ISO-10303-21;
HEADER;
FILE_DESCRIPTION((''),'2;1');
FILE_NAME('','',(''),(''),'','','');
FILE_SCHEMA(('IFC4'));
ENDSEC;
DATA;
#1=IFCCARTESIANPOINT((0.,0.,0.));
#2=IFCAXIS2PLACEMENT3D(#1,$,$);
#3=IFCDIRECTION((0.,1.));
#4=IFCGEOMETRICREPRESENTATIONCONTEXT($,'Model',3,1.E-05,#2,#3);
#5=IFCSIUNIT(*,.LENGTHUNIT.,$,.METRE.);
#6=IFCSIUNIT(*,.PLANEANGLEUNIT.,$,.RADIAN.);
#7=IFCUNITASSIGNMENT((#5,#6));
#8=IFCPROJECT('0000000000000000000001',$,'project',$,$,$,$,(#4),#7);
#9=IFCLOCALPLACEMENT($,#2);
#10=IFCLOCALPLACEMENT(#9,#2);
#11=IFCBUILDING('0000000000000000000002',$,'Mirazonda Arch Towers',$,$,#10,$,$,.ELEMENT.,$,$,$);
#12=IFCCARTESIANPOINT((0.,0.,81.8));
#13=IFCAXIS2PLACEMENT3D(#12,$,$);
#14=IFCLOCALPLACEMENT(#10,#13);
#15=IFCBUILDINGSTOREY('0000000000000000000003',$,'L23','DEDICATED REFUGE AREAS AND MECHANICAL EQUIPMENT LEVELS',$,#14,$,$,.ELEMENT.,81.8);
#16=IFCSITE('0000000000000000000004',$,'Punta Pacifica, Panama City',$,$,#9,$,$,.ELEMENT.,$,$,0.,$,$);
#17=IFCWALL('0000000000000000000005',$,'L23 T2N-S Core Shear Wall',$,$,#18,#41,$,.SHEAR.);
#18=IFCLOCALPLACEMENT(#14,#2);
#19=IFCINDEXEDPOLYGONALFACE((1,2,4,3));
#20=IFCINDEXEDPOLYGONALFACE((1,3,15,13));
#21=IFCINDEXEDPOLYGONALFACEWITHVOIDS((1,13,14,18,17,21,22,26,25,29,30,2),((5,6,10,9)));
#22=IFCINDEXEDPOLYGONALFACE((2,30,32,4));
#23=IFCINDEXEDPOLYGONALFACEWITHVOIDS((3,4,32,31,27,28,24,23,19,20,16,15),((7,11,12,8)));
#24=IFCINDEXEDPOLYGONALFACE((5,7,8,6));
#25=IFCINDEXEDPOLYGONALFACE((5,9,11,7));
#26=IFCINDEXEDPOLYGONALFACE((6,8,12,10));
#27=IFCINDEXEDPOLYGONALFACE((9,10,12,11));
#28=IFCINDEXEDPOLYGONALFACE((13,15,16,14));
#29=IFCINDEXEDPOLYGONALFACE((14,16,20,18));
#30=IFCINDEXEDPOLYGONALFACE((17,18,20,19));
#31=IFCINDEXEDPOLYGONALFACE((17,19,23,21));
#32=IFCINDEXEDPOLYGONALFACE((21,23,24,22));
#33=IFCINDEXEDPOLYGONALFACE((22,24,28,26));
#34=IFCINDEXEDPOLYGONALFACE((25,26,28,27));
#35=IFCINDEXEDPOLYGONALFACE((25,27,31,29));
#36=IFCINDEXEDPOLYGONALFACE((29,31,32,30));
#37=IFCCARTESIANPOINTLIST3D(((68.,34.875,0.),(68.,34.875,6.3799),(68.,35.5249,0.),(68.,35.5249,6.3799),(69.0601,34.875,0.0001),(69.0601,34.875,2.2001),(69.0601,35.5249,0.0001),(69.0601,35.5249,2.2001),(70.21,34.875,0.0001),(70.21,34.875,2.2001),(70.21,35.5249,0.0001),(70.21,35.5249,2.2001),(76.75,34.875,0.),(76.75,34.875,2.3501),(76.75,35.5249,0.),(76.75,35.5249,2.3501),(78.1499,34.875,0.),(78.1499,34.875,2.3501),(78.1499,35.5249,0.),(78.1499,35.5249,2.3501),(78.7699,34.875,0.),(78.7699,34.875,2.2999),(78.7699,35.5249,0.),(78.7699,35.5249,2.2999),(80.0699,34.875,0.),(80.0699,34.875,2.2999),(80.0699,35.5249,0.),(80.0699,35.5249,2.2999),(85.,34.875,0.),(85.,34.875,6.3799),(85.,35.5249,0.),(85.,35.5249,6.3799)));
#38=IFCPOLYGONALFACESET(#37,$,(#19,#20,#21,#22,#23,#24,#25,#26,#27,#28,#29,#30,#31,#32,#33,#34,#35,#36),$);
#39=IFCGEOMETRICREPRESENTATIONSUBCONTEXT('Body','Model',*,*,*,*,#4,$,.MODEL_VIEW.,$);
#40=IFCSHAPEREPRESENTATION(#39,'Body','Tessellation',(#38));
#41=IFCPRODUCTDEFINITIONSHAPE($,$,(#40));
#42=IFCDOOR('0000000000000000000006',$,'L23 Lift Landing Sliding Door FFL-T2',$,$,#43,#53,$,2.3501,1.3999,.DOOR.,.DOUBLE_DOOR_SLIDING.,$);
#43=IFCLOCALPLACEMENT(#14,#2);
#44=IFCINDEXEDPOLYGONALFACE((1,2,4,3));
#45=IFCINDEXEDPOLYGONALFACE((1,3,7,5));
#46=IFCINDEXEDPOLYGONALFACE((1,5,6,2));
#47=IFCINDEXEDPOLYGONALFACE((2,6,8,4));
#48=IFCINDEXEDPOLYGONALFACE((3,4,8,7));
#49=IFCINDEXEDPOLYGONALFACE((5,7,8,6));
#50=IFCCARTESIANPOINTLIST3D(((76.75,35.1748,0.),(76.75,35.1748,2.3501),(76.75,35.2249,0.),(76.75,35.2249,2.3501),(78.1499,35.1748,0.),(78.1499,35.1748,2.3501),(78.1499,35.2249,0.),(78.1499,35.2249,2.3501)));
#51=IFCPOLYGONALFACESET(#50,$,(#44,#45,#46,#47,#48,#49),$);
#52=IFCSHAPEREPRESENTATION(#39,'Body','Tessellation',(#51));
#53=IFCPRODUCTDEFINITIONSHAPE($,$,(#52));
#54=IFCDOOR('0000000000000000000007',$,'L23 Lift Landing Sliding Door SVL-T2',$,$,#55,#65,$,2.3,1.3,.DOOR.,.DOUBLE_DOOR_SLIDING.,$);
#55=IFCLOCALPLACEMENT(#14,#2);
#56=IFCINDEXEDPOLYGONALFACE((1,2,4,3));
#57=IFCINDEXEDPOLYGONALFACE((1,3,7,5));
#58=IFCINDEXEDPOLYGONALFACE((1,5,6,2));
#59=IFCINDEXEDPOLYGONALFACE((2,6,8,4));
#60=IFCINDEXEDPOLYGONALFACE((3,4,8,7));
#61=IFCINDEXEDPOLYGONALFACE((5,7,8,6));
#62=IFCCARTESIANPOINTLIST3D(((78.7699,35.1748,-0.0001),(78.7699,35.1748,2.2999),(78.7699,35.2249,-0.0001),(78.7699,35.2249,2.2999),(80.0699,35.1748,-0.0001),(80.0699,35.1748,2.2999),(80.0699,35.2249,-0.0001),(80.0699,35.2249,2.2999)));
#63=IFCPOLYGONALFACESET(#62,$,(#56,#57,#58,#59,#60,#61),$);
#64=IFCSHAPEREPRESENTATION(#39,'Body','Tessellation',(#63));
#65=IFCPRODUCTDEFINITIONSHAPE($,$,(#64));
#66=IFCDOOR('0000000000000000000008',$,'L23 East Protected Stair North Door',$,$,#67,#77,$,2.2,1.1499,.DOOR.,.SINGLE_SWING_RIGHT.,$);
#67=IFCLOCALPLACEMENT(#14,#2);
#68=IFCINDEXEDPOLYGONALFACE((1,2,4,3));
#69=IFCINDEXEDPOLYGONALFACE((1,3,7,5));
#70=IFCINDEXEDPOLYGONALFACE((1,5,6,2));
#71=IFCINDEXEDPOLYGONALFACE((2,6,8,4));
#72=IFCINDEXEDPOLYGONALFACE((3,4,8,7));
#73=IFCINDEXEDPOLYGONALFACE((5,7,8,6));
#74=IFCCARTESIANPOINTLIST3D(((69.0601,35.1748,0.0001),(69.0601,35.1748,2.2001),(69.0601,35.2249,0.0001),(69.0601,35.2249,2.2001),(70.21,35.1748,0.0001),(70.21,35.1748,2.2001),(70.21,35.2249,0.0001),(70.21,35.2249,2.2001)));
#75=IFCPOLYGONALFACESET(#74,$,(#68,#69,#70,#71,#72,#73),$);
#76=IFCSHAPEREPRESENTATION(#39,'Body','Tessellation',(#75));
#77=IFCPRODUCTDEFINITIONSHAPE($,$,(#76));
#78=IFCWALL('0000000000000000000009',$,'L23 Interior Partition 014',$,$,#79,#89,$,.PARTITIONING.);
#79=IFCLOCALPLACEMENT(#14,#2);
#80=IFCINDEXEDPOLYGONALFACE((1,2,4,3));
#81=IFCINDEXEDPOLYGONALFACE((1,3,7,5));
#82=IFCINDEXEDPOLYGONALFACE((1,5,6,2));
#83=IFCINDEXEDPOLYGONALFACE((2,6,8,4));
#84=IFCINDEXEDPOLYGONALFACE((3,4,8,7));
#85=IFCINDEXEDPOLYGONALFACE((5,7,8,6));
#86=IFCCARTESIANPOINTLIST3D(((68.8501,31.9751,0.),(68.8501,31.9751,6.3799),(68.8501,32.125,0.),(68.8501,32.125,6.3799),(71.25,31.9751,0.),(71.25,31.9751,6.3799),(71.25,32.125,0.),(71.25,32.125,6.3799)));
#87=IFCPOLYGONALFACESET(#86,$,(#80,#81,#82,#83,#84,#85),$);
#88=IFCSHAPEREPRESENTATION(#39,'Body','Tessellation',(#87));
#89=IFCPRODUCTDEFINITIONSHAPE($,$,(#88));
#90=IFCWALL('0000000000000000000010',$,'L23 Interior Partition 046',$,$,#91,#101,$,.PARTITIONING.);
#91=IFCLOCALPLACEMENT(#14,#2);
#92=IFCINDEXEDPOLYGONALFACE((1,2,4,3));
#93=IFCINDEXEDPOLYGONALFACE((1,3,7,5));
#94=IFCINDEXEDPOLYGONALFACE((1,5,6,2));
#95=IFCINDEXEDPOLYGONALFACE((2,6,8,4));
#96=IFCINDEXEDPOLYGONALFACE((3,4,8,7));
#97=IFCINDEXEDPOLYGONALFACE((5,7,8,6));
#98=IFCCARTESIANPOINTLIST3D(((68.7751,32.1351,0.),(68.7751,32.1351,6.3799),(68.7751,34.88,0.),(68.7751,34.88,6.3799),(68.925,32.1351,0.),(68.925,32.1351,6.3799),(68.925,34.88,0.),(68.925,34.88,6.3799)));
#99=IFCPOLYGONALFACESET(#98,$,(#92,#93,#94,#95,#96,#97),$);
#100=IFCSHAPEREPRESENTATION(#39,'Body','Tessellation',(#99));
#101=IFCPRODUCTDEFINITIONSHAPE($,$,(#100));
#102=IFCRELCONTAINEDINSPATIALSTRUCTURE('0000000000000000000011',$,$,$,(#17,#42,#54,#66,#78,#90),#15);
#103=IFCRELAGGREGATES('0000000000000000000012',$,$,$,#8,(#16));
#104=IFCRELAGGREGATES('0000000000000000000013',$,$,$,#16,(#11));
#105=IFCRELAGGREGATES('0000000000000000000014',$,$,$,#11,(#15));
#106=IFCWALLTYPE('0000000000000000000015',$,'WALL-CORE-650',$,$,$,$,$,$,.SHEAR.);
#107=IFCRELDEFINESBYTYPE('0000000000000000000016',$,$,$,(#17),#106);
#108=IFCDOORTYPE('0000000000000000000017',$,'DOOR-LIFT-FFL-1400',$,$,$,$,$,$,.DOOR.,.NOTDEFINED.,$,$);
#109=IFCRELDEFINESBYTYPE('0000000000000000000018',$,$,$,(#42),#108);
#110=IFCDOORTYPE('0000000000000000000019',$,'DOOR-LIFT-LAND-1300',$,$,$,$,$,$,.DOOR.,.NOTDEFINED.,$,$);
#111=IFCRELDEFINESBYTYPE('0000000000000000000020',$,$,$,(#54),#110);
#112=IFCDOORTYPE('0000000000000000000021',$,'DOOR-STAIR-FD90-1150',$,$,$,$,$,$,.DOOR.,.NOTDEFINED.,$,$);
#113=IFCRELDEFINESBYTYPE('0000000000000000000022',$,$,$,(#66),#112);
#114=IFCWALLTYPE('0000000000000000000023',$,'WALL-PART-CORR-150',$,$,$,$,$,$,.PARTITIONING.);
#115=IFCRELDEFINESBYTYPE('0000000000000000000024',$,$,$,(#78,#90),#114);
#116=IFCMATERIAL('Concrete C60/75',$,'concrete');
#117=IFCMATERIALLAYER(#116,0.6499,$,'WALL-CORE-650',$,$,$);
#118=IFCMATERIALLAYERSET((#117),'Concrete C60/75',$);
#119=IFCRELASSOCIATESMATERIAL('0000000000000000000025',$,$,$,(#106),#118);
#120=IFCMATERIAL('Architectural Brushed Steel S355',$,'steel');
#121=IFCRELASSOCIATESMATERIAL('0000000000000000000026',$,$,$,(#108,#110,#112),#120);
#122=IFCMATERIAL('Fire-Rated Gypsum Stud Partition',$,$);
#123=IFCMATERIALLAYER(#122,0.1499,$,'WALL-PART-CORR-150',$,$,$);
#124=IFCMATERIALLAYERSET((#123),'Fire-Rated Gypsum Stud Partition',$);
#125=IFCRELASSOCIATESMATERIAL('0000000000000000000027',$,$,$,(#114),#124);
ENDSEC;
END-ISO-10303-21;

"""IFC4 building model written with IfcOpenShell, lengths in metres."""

from ifc_helpers import new_model, si_unit, direction, frame, frame_2d, origin, place, context, subcontext, project, spatial, rectangle, extrude, material, layer, layer_set, type_object, element, fill, save


model = new_model("IFC4")

# Units and contexts
model_context = context("Model", 3, precision=1e-05, world=origin(), true_north=direction((0.0, 1.0)))
body_context = subcontext(model_context, "Body", "Model", "MODEL_VIEW")
ifc_project = project(units=[si_unit("LENGTHUNIT", "METRE"), si_unit("PLANEANGLEUNIT", "RADIAN")], contexts=[model_context])

# Site, building, storey
site_placement = place(None, origin())
site = spatial("IfcSite", under=ifc_project, at=site_placement, Name="Punta Pacifica, Panama City", CompositionType="ELEMENT", RefElevation=0.0)
building_placement = place(site_placement, origin())
building = spatial("IfcBuilding", under=site, at=building_placement, Name="Mirazonda Arch Towers", CompositionType="ELEMENT")
storey_placement = place(building_placement, frame((0.0, 0.0, 81.8)))
storey = spatial("IfcBuildingStorey", under=building, at=storey_placement, Name="L23", Description="DEDICATED REFUGE AREAS AND MECHANICAL EQUIPMENT LEVELS", CompositionType="ELEMENT", Elevation=81.8)

# Shared definitions
ifc_material_1 = material(Name="Concrete C60/75", Category="concrete")
ifc_layer_1 = layer(ifc_material_1, 0.6499, Name="WALL-CORE-650")
ifc_layer_set_1 = layer_set([ifc_layer_1], Name="Concrete C60/75")
wall_type_1 = type_object("IfcWallType", Name="WALL-CORE-650", PredefinedType="SHEAR", material=ifc_layer_set_1)

# Wall, openings, doors
wall_1_placement = place(storey_placement, frame((68.0, 35.2, 0.0), z_axis=(0.0, 0.0, 1.0), x_axis=(1.0, 0.0, 0.0)))
wall_1 = element("IfcWall", 1, at=wall_1_placement, inside=storey, type_object=wall_type_1, Name="L23 T2N-S Core Shear Wall", PredefinedType="SHEAR", context=body_context, shape_type="SweptSolid", body=[
    extrude(rectangle(XDim=17.0, YDim=0.6499, at=frame_2d((8.5, 0.0))), origin(), (0.0, 0.0, 1.0), 6.3799),
])
opening_1_placement = place(wall_1_placement, frame((1.0601, 0.0, 0.0)))
opening_1 = element("IfcOpeningElement", 2, at=opening_1_placement, cuts=wall_1, PredefinedType="OPENING", context=body_context, shape_type="SweptSolid", body=[
    extrude(rectangle(XDim=1.1499, YDim=2.2, at=frame_2d((0.575, 1.1001))), frame((0.0, 0.335, 0.0), z_axis=(0.0, -1.0, 0.0), x_axis=(1.0, 0.0, 0.0)), (0.0, 0.0, 1.0), 0.6699),
])
opening_2_placement = place(wall_1_placement, frame((8.75, 0.0, 0.0)))
opening_2 = element("IfcOpeningElement", 3, at=opening_2_placement, cuts=wall_1, PredefinedType="OPENING", context=body_context, shape_type="SweptSolid", body=[
    extrude(rectangle(XDim=1.3999, YDim=2.3501, at=frame_2d((0.7, 1.175))), frame((0.0, 0.335, 0.0), z_axis=(0.0, -1.0, 0.0), x_axis=(1.0, 0.0, 0.0)), (0.0, 0.0, 1.0), 0.6699),
])
opening_3_placement = place(wall_1_placement, frame((10.77, 0.0, 0.0)))
opening_3 = element("IfcOpeningElement", 4, at=opening_3_placement, cuts=wall_1, PredefinedType="OPENING", context=body_context, shape_type="SweptSolid", body=[
    extrude(rectangle(XDim=1.3, YDim=2.3, at=frame_2d((0.6499, 1.1499))), frame((0.0, 0.335, 0.0), z_axis=(0.0, -1.0, 0.0), x_axis=(1.0, 0.0, 0.0)), (0.0, 0.0, 1.0), 0.6699),
])
ifc_material_2 = material(Name="Architectural Brushed Steel S355", Category="steel")
door_type_1 = type_object("IfcDoorType", Name="DOOR-LIFT-FFL-1400", OperationType="NOTDEFINED", PredefinedType="DOOR", material=ifc_material_2)
door_1_placement = place(opening_2_placement, origin())
door_1 = element("IfcDoor", 5, at=door_1_placement, inside=storey, type_object=door_type_1, Name="L23 Lift Landing Sliding Door FFL-T2", OperationType="DOUBLE_DOOR_SLIDING", OverallHeight=2.3501, OverallWidth=1.3999, PredefinedType="DOOR", context=body_context, shape_type="SweptSolid", body=[
    extrude(rectangle(XDim=1.3999, YDim=2.3501, at=frame_2d((0.7, 1.175))), frame((0.0, 0.0249, 0.0), z_axis=(0.0, -1.0, 0.0), x_axis=(1.0, 0.0, 0.0)), (0.0, 0.0, 1.0), 0.05),
])
fill(opening_2, door_1)
door_type_2 = type_object("IfcDoorType", Name="DOOR-LIFT-LAND-1300", OperationType="NOTDEFINED", PredefinedType="DOOR", material=ifc_material_2)
door_2_placement = place(opening_3_placement, origin())
door_2 = element("IfcDoor", 6, at=door_2_placement, inside=storey, type_object=door_type_2, Name="L23 Lift Landing Sliding Door SVL-T2", OperationType="DOUBLE_DOOR_SLIDING", OverallHeight=2.3, OverallWidth=1.3, PredefinedType="DOOR", context=body_context, shape_type="SweptSolid", body=[
    extrude(rectangle(XDim=1.3, YDim=2.3, at=frame_2d((0.6499, 1.1499))), frame((0.0, 0.0249, 0.0), z_axis=(0.0, -1.0, 0.0), x_axis=(1.0, 0.0, 0.0)), (0.0, 0.0, 1.0), 0.05),
])
fill(opening_3, door_2)
door_type_3 = type_object("IfcDoorType", Name="DOOR-STAIR-FD90-1150", OperationType="NOTDEFINED", PredefinedType="DOOR", material=ifc_material_2)
door_3_placement = place(opening_1_placement, origin())
door_3 = element("IfcDoor", 7, at=door_3_placement, inside=storey, type_object=door_type_3, Name="L23 East Protected Stair North Door", OperationType="SINGLE_SWING_RIGHT", OverallHeight=2.2, OverallWidth=1.1499, PredefinedType="DOOR", context=body_context, shape_type="SweptSolid", body=[
    extrude(rectangle(XDim=1.1499, YDim=2.2, at=frame_2d((0.575, 1.1001))), frame((0.0, 0.0249, 0.0), z_axis=(0.0, -1.0, 0.0), x_axis=(1.0, 0.0, 0.0)), (0.0, 0.0, 1.0), 0.05),
])
fill(opening_1, door_3)

# Walls
ifc_material_3 = material(Name="Fire-Rated Gypsum Stud Partition")
ifc_layer_2 = layer(ifc_material_3, 0.1499, Name="WALL-PART-CORR-150")
ifc_layer_set_2 = layer_set([ifc_layer_2], Name="Fire-Rated Gypsum Stud Partition")
wall_type_2 = type_object("IfcWallType", Name="WALL-PART-CORR-150", PredefinedType="PARTITIONING", material=ifc_layer_set_2)
wall_2_placement = place(storey_placement, frame((68.8501, 32.05, 0.0), z_axis=(0.0, 0.0, 1.0), x_axis=(1.0, 0.0, 0.0)))
element("IfcWall", 8, at=wall_2_placement, inside=storey, type_object=wall_type_2, Name="L23 Interior Partition 014", PredefinedType="PARTITIONING", context=body_context, shape_type="SweptSolid", body=[
    extrude(rectangle(XDim=2.3999, YDim=0.1499, at=frame_2d((1.2, 0.0))), origin(), (0.0, 0.0, 1.0), 6.3799),
])
wall_3_placement = place(storey_placement, frame((68.8501, 32.135, 0.0), z_axis=(0.0, 0.0, 1.0), x_axis=(0.0, 1.0, 0.0)))
element("IfcWall", 9, at=wall_3_placement, inside=storey, type_object=wall_type_2, Name="L23 Interior Partition 046", PredefinedType="PARTITIONING", context=body_context, shape_type="SweptSolid", body=[
    extrude(rectangle(XDim=2.7449, YDim=0.1499, at=frame_2d((1.3726, 0.0))), origin(), (0.0, 0.0, 1.0), 6.3799),
])

save(model, "model.ifc")
